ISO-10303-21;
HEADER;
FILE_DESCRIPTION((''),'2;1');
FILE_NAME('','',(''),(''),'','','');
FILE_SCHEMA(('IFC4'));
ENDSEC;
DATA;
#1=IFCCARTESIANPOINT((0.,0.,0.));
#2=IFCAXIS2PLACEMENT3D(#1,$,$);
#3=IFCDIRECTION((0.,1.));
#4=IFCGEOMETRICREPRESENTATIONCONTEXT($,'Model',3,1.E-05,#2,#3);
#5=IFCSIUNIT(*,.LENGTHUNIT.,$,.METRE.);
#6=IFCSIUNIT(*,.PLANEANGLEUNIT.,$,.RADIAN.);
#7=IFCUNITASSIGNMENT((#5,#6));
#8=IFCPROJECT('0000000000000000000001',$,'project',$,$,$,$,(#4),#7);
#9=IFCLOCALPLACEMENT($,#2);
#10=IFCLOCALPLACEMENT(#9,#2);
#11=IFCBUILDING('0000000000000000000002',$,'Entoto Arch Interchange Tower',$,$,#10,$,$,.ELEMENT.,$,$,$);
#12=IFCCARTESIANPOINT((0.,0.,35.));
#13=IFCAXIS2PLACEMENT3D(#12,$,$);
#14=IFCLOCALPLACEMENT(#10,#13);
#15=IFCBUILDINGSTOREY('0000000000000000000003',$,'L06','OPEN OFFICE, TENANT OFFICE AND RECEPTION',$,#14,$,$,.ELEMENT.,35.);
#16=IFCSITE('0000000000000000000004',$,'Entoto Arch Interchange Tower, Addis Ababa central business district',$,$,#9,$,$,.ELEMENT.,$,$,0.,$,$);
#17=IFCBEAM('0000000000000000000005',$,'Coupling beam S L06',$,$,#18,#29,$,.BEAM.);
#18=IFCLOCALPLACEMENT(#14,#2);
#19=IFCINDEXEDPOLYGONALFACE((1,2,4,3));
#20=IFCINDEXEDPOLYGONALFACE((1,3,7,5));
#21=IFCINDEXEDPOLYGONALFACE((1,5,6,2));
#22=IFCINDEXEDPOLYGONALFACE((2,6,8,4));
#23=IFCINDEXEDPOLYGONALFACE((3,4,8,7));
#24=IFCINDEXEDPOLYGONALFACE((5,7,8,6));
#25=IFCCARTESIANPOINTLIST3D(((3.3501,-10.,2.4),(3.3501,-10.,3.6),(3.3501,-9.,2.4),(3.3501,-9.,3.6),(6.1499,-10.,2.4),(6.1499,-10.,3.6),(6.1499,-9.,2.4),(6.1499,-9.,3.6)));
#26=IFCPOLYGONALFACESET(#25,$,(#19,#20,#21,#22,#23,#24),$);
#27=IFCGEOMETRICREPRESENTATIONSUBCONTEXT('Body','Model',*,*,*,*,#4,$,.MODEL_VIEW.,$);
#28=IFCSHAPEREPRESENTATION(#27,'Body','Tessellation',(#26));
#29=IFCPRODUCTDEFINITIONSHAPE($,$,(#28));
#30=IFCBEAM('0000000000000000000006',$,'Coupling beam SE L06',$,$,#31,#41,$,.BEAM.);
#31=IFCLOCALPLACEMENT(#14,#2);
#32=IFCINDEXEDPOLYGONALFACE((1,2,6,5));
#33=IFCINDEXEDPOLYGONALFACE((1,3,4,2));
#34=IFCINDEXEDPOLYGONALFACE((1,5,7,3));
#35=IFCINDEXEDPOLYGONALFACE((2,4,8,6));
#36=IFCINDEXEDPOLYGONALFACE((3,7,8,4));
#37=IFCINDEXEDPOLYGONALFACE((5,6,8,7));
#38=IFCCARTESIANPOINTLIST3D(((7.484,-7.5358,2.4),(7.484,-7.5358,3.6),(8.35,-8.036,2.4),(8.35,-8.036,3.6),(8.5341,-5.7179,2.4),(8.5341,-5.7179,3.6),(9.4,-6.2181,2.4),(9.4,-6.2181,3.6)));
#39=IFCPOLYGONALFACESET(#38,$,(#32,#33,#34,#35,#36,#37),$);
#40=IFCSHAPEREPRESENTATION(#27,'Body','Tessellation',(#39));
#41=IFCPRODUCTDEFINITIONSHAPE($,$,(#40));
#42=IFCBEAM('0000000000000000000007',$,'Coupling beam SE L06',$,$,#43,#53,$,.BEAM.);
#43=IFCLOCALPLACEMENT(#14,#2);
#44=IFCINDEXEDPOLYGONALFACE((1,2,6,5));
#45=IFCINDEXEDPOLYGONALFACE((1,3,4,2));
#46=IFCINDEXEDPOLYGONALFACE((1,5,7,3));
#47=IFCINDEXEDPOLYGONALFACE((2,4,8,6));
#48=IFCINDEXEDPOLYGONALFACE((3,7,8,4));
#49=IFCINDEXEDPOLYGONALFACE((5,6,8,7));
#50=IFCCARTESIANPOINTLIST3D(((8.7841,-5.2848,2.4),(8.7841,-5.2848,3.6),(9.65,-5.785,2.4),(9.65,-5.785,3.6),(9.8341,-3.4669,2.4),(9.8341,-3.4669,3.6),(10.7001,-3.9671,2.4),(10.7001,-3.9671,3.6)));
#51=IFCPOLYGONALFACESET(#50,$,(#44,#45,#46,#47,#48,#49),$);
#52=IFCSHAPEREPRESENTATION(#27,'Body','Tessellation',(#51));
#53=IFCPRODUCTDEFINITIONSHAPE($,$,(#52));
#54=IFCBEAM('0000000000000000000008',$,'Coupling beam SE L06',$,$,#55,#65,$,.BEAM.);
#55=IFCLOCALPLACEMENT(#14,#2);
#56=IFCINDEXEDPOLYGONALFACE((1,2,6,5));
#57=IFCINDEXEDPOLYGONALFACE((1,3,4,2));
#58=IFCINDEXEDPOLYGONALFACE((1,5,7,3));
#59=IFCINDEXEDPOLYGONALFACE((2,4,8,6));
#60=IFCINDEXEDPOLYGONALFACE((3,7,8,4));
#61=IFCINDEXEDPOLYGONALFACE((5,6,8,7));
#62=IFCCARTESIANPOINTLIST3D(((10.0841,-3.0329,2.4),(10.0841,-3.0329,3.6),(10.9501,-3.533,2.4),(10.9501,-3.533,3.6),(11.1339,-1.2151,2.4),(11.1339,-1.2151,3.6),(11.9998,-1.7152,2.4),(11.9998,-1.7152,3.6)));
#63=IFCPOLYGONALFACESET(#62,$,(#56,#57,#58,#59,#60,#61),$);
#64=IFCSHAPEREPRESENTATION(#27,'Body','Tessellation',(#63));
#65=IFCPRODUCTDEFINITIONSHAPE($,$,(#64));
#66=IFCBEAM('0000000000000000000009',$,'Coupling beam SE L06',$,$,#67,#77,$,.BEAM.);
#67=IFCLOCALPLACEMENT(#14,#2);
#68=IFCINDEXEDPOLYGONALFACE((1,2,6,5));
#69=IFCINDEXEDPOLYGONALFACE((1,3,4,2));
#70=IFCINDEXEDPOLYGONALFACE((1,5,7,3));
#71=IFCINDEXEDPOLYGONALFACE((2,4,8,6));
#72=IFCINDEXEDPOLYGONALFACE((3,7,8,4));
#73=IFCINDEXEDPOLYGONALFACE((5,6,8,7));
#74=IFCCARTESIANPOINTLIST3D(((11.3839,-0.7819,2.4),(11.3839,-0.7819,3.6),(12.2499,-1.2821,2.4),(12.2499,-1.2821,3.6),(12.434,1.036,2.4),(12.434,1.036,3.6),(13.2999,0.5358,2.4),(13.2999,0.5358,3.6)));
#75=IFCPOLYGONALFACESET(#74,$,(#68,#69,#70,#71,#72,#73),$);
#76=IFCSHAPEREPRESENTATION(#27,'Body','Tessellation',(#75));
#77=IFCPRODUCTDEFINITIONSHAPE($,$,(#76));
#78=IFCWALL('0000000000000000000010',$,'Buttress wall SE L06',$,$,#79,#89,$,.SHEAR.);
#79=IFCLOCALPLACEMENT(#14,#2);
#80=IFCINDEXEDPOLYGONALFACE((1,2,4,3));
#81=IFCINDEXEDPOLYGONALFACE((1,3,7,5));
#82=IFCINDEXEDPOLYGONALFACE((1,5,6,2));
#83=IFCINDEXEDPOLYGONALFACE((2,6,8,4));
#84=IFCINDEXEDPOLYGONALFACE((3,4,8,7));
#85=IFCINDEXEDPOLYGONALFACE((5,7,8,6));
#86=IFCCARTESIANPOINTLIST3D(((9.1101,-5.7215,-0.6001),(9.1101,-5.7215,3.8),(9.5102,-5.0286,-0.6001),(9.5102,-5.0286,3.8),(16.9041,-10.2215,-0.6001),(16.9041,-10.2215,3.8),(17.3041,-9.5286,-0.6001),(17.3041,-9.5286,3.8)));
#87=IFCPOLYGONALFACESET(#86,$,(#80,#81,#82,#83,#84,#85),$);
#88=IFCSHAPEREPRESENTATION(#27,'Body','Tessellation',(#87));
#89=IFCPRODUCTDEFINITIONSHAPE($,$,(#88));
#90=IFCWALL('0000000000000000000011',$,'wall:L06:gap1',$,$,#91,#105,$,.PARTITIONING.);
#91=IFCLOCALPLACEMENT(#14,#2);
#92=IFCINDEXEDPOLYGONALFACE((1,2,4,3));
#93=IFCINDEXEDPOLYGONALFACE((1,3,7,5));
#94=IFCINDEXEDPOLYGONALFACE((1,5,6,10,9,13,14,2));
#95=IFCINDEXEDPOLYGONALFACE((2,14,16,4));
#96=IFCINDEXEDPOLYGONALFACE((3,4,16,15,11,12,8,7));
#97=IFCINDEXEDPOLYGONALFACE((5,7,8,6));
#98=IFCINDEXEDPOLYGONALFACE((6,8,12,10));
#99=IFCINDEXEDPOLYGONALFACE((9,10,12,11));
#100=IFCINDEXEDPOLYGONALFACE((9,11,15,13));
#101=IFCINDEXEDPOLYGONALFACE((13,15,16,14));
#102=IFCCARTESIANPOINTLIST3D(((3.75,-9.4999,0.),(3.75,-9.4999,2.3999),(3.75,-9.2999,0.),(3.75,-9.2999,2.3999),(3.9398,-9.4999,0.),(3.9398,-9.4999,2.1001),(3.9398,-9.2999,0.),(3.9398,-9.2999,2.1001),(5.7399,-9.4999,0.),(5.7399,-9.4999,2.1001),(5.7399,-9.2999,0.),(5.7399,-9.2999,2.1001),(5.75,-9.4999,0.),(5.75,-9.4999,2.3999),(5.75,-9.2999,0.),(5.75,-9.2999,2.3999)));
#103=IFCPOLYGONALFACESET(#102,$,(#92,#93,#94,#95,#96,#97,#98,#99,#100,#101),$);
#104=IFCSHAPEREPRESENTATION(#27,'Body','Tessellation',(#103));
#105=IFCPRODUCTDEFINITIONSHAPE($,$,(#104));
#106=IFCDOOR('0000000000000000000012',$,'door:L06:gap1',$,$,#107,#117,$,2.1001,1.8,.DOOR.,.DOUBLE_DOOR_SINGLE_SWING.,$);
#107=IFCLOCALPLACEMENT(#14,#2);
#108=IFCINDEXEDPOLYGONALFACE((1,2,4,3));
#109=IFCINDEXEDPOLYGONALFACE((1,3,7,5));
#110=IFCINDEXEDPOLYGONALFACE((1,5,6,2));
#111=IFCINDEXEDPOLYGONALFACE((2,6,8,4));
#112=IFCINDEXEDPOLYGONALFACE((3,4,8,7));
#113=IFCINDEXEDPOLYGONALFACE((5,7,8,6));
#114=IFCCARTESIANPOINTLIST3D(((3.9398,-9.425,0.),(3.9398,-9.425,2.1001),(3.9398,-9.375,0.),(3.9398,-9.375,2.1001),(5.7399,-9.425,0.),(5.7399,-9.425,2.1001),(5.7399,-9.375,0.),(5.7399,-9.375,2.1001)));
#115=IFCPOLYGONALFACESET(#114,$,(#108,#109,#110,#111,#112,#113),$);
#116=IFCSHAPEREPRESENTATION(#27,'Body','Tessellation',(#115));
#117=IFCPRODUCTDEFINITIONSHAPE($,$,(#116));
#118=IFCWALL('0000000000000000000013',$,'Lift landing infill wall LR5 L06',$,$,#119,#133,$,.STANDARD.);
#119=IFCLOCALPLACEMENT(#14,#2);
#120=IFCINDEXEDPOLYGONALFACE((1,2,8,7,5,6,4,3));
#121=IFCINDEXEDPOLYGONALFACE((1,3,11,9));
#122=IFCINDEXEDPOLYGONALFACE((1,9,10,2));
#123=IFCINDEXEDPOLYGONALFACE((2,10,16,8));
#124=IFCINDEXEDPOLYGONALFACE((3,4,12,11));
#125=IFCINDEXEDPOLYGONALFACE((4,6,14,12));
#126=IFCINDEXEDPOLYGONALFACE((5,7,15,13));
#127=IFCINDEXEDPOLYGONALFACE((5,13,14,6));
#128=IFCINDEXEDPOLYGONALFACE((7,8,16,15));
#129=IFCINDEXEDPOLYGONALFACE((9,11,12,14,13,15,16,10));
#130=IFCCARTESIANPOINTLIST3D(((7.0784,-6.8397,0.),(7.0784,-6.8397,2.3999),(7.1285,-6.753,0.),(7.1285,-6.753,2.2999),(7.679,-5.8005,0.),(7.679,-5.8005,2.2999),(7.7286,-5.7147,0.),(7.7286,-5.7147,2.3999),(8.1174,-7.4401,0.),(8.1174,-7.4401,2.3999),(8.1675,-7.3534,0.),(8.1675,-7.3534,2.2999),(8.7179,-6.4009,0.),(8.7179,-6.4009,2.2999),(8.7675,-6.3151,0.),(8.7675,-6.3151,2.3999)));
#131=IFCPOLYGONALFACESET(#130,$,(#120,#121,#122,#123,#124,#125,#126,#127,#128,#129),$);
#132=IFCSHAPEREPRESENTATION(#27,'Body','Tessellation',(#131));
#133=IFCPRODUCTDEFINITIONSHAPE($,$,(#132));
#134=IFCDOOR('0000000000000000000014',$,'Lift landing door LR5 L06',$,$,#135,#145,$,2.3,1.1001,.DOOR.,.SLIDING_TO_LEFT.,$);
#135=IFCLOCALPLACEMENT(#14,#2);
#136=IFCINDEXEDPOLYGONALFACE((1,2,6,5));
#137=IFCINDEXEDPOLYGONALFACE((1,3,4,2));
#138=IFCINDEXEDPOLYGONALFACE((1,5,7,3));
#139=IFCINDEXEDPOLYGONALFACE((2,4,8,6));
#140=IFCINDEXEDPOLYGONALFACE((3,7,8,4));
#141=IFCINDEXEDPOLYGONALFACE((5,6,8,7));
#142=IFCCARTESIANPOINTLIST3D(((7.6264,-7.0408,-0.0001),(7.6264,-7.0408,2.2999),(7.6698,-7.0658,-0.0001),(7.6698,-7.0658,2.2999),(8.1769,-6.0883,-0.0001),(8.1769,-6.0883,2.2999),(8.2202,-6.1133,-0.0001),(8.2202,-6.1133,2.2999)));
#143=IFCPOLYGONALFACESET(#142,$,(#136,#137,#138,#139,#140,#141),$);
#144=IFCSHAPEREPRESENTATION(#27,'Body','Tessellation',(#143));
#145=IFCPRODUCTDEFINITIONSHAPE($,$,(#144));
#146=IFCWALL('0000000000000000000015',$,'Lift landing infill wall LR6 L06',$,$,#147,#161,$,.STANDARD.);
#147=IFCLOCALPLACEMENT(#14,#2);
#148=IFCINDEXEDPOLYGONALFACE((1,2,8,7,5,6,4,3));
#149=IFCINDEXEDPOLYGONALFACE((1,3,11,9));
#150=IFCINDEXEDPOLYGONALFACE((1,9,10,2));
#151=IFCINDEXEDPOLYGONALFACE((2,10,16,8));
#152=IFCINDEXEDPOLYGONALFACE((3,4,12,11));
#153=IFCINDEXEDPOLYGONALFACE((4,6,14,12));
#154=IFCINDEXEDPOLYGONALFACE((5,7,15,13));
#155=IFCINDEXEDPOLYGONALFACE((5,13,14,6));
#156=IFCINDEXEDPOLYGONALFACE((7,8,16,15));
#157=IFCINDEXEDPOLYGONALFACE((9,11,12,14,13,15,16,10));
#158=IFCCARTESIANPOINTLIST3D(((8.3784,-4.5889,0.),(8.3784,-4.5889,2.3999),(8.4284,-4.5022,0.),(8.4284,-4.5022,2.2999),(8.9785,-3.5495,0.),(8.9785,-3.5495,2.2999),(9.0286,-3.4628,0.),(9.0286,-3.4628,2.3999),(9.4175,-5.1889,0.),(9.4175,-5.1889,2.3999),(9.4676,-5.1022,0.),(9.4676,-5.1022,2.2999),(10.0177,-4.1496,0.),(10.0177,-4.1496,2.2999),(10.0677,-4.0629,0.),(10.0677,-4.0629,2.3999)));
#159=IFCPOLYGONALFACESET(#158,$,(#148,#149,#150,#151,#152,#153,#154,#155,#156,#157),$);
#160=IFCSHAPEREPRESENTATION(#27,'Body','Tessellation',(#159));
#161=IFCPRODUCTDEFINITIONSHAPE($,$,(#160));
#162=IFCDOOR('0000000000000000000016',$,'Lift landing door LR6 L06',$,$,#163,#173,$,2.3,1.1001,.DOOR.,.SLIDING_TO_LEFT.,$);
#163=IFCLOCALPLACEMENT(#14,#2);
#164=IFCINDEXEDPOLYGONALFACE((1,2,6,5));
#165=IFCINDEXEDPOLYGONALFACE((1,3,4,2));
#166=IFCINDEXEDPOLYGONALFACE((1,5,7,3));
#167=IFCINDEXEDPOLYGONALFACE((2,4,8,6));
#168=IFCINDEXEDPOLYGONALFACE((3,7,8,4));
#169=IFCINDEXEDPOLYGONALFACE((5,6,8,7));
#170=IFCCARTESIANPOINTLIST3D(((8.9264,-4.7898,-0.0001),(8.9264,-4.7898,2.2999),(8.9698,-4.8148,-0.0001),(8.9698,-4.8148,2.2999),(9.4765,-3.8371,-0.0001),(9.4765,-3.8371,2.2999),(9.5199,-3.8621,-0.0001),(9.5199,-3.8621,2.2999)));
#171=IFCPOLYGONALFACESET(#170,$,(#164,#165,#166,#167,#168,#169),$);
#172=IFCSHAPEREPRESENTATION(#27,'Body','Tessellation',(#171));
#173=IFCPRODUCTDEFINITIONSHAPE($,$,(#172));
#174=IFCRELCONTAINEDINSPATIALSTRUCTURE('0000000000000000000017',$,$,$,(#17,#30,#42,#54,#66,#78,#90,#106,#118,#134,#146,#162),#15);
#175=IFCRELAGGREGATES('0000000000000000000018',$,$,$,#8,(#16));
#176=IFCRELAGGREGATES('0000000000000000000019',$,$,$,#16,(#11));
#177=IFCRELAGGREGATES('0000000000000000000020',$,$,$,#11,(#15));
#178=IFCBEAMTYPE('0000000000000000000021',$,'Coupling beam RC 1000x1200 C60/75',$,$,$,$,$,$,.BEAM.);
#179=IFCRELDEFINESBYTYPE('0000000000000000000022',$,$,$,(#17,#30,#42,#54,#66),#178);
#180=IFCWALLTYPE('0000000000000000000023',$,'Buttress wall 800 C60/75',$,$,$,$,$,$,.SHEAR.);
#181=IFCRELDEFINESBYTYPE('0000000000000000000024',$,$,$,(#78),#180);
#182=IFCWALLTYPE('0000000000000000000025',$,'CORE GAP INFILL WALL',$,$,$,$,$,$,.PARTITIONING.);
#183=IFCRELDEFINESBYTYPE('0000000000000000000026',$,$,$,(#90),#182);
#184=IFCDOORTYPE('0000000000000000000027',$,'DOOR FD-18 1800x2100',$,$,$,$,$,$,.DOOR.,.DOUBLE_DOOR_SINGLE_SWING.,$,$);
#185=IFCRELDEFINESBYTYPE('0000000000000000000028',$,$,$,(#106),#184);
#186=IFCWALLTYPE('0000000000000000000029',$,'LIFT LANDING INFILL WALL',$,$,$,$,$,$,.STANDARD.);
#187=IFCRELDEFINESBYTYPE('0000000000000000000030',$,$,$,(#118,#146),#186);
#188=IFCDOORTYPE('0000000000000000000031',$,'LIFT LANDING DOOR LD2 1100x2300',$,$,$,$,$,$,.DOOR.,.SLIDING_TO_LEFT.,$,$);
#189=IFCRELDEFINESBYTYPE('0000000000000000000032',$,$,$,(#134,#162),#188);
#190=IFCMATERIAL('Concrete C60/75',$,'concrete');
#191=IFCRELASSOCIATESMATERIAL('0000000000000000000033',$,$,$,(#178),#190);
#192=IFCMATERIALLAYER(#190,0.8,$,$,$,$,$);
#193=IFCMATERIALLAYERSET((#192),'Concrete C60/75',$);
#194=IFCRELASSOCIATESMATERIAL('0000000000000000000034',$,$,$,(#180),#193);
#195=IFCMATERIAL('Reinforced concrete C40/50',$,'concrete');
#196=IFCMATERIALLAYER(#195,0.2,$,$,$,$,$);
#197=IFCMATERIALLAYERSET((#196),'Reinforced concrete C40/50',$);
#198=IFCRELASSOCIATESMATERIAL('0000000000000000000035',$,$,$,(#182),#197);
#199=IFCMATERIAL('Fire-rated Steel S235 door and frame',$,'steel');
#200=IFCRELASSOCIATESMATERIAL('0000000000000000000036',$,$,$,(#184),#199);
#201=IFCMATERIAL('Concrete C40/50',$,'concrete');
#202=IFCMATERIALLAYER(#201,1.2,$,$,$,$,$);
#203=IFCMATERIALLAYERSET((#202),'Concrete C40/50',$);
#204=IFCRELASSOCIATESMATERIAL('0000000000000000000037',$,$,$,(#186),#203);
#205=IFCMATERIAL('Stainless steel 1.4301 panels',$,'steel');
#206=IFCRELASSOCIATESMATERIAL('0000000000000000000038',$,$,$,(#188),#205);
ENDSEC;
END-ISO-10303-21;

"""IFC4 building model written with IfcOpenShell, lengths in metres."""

from ifc_helpers import new_model, si_unit, direction, frame, frame_2d, origin, origin_2d, place, context, subcontext, project, spatial, rectangle, extrude, material, layer, layer_set, material_profile, profile_set, type_object, element, fill, save


model = new_model("IFC4")

# Units and contexts
model_context = context("Model", 3, precision=1e-05, world=origin(), true_north=direction((0.0, 1.0)))
body_context = subcontext(model_context, "Body", "Model", "MODEL_VIEW")
ifc_project = project(units=[si_unit("LENGTHUNIT", "METRE"), si_unit("PLANEANGLEUNIT", "RADIAN")], contexts=[model_context])

# Site, building, storey
site_placement = place(None, origin())
site = spatial("IfcSite", under=ifc_project, at=site_placement, Name="Entoto Arch Interchange Tower, Addis Ababa central business district", CompositionType="ELEMENT", RefElevation=0.0)
building_placement = place(site_placement, origin())
building = spatial("IfcBuilding", under=site, at=building_placement, Name="Entoto Arch Interchange Tower", CompositionType="ELEMENT")
storey_placement = place(building_placement, frame((0.0, 0.0, 35.0)))
storey = spatial("IfcBuildingStorey", under=building, at=storey_placement, Name="L06", Description="OPEN OFFICE, TENANT OFFICE AND RECEPTION", CompositionType="ELEMENT", Elevation=35.0)

# Beams
ifc_material_1 = material(Name="Concrete C60/75", Category="concrete")
ifc_material_profile = material_profile(ifc_material_1, rectangle(XDim=1.0, YDim=1.2, at=origin_2d()))
ifc_profile_set = profile_set([ifc_material_profile], Name="Concrete C60/75")
beam_type = type_object("IfcBeamType", Name="Coupling beam RC 1000x1200 C60/75", PredefinedType="BEAM", material=ifc_profile_set)
beam_1_placement = place(storey_placement, frame((3.3501, -9.5, 3.0), z_axis=(1.0, 0.0, 0.0), x_axis=(0.0, 1.0, 0.0)))
element("IfcBeam", 1, at=beam_1_placement, inside=storey, type_object=beam_type, Name="Coupling beam S L06", PredefinedType="BEAM", context=body_context, shape_type="SweptSolid", body=[
    extrude(rectangle(XDim=1.0, YDim=1.2, at=origin_2d()), origin(), (0.0, 0.0, 1.0), 2.7998),
])
for number, where, z_axis, x_axis, name in (
    (2, (7.917, -7.7859, 3.0), (0.500179, 0.865922, 0.0), (-0.865922, 0.500179, 0.0), "Coupling beam SE L06"),
    (3, (9.217, -5.5349, 3.0), (0.500179, 0.865922, 0.0), (-0.865922, 0.500179, 0.0), "Coupling beam SE L06"),
):
    element("IfcBeam", number, at=place(storey_placement, frame(where, z_axis=z_axis, x_axis=x_axis)), inside=storey, type_object=beam_type, Name=name, PredefinedType="BEAM", context=body_context, shape_type="SweptSolid", body=[
        extrude(rectangle(XDim=1.0, YDim=1.2, at=origin_2d()), origin(), (0.0, 0.0, 1.0), 2.0994),
    ])
beam_2_placement = place(storey_placement, frame((10.5171, -3.283, 3.0), z_axis=(0.500092, 0.865973, 0.0), x_axis=(-0.865973, 0.500092, 0.0)))
element("IfcBeam", 4, at=beam_2_placement, inside=storey, type_object=beam_type, Name="Coupling beam SE L06", PredefinedType="BEAM", context=body_context, shape_type="SweptSolid", body=[
    extrude(rectangle(XDim=1.0, YDim=1.2, at=origin_2d()), origin(), (0.0, 0.0, 1.0), 2.0991),
])
beam_3_placement = place(storey_placement, frame((11.8169, -1.032, 3.0), z_axis=(0.500179, 0.865922, 0.0), x_axis=(-0.865922, 0.500179, 0.0)))
element("IfcBeam", 5, at=beam_3_placement, inside=storey, type_object=beam_type, Name="Coupling beam SE L06", PredefinedType="BEAM", context=body_context, shape_type="SweptSolid", body=[
    extrude(rectangle(XDim=1.0, YDim=1.2, at=origin_2d()), origin(), (0.0, 0.0, 1.0), 2.0994),
])

# Wall
ifc_layer_1 = layer(ifc_material_1, 0.8)
ifc_layer_set_1 = layer_set([ifc_layer_1], Name="Concrete C60/75")
wall_type_1 = type_object("IfcWallType", Name="Buttress wall 800 C60/75", PredefinedType="SHEAR", material=ifc_layer_set_1)
wall_1_placement = place(storey_placement, frame((9.3101, -5.375, -0.6001), z_axis=(0.0, 0.0, 1.0), x_axis=(0.866018, -0.500014, 0.0)))
element("IfcWall", 6, at=wall_1_placement, inside=storey, type_object=wall_type_1, Name="Buttress wall SE L06", PredefinedType="SHEAR", context=body_context, shape_type="SweptSolid", body=[
    extrude(rectangle(XDim=8.9998, YDim=0.8, at=frame_2d((4.5, 0.0))), origin(), (0.0, 0.0, 1.0), 4.4001),
])

# Walls, openings, doors
ifc_material_2 = material(Name="Reinforced concrete C40/50", Category="concrete")
ifc_layer_2 = layer(ifc_material_2, 0.2)
ifc_layer_set_2 = layer_set([ifc_layer_2], Name="Reinforced concrete C40/50")
wall_type_2 = type_object("IfcWallType", Name="CORE GAP INFILL WALL", PredefinedType="PARTITIONING", material=ifc_layer_set_2)
wall_2_placement = place(storey_placement, frame((3.75, -9.3999, 0.0), z_axis=(0.0, 0.0, 1.0), x_axis=(1.0, 0.0, 0.0)))
wall_2 = element("IfcWall", 7, at=wall_2_placement, inside=storey, type_object=wall_type_2, Name="wall:L06:gap1", PredefinedType="PARTITIONING", context=body_context, shape_type="SweptSolid", body=[
    extrude(rectangle(XDim=2.0, YDim=0.2, at=frame_2d((1.0, 0.0))), origin(), (0.0, 0.0, 1.0), 2.3999),
])
opening_1_placement = place(wall_2_placement, frame((0.1899, 0.0, 0.0)))
opening_1 = element("IfcOpeningElement", 8, at=opening_1_placement, cuts=wall_2, PredefinedType="OPENING", context=body_context, shape_type="SweptSolid", body=[
    extrude(rectangle(XDim=1.8, YDim=2.1001, at=frame_2d((0.8999, 1.05))), frame((0.0, 0.1099, 0.0), z_axis=(0.0, -1.0, 0.0), x_axis=(1.0, 0.0, 0.0)), (0.0, 0.0, 1.0), 0.22),
])
ifc_material_3 = material(Name="Fire-rated Steel S235 door and frame", Category="steel")
door_type_1 = type_object("IfcDoorType", Name="DOOR FD-18 1800x2100", OperationType="DOUBLE_DOOR_SINGLE_SWING", PredefinedType="DOOR", material=ifc_material_3)
door_1_placement = place(opening_1_placement, origin())
door_1 = element("IfcDoor", 9, at=door_1_placement, inside=storey, type_object=door_type_1, Name="door:L06:gap1", OperationType="DOUBLE_DOOR_SINGLE_SWING", OverallHeight=2.1001, OverallWidth=1.8, PredefinedType="DOOR", context=body_context, shape_type="SweptSolid", body=[
    extrude(rectangle(XDim=1.8, YDim=2.1001, at=frame_2d((0.8999, 1.05))), frame((0.0, 0.0249, 0.0), z_axis=(0.0, -1.0, 0.0), x_axis=(1.0, 0.0, 0.0)), (0.0, 0.0, 1.0), 0.05),
])
fill(opening_1, door_1)
ifc_material_4 = material(Name="Concrete C40/50", Category="concrete")
ifc_layer_3 = layer(ifc_material_4, 1.2)
ifc_layer_set_3 = layer_set([ifc_layer_3], Name="Concrete C40/50")
wall_type_3 = type_object("IfcWallType", Name="LIFT LANDING INFILL WALL", PredefinedType="STANDARD", material=ifc_layer_set_3)
wall_3_placement = place(storey_placement, frame((7.5979, -7.1399, 0.0), z_axis=(0.0, 0.0, 1.0), x_axis=(0.500362, 0.865816, 0.0)))
wall_3 = element("IfcWall", 10, at=wall_3_placement, inside=storey, type_object=wall_type_3, Name="Lift landing infill wall LR5 L06", PredefinedType="STANDARD", context=body_context, shape_type="SweptSolid", body=[
    extrude(rectangle(XDim=1.2993, YDim=1.2, at=frame_2d((0.6497, 0.0))), origin(), (0.0, 0.0, 1.0), 2.3999),
])
opening_2_placement = place(wall_3_placement, frame((0.1001, 0.0, 0.0)))
opening_2 = element("IfcOpeningElement", 11, at=opening_2_placement, cuts=wall_3, PredefinedType="OPENING", context=body_context, shape_type="SweptSolid", body=[
    extrude(rectangle(XDim=1.1001, YDim=2.3, at=frame_2d((0.55, 1.1499))), frame((0.0, 0.6099, 0.0), z_axis=(0.0, -1.0, 0.0), x_axis=(1.0, 0.0, 0.0)), (0.0, 0.0, 1.0), 1.22),
])
ifc_material_5 = material(Name="Stainless steel 1.4301 panels", Category="steel")
door_type_2 = type_object("IfcDoorType", Name="LIFT LANDING DOOR LD2 1100x2300", OperationType="SLIDING_TO_LEFT", PredefinedType="DOOR", material=ifc_material_5)
door_2_placement = place(opening_2_placement, origin())
door_2 = element("IfcDoor", 12, at=door_2_placement, inside=storey, type_object=door_type_2, Name="Lift landing door LR5 L06", OperationType="SLIDING_TO_LEFT", OverallHeight=2.3, OverallWidth=1.1001, PredefinedType="DOOR", context=body_context, shape_type="SweptSolid", body=[
    extrude(rectangle(XDim=1.1001, YDim=2.3, at=frame_2d((0.55, 1.1499))), frame((0.0, 0.0249, 0.0), z_axis=(0.0, -1.0, 0.0), x_axis=(1.0, 0.0, 0.0)), (0.0, 0.0, 1.0), 0.05),
])
fill(opening_2, door_2)
wall_4_placement = place(storey_placement, frame((8.8979, -4.8889, 0.0), z_axis=(0.0, 0.0, 1.0), x_axis=(0.500037, 0.866004, 0.0)))
wall_4 = element("IfcWall", 13, at=wall_4_placement, inside=storey, type_object=wall_type_3, Name="Lift landing infill wall LR6 L06", PredefinedType="STANDARD", context=body_context, shape_type="SweptSolid", body=[
    extrude(rectangle(XDim=1.3003, YDim=1.2, at=frame_2d((0.6501, 0.0))), origin(), (0.0, 0.0, 1.0), 2.3999),
])
opening_3_placement = place(wall_4_placement, frame((0.1001, 0.0, 0.0)))
opening_3 = element("IfcOpeningElement", 14, at=opening_3_placement, cuts=wall_4, PredefinedType="OPENING", context=body_context, shape_type="SweptSolid", body=[
    extrude(rectangle(XDim=1.1001, YDim=2.3, at=frame_2d((0.55, 1.1499))), frame((0.0, 0.6099, 0.0), z_axis=(0.0, -1.0, 0.0), x_axis=(1.0, 0.0, 0.0)), (0.0, 0.0, 1.0), 1.22),
])
door_3_placement = place(opening_3_placement, origin())
door_3 = element("IfcDoor", 15, at=door_3_placement, inside=storey, type_object=door_type_2, Name="Lift landing door LR6 L06", OperationType="SLIDING_TO_LEFT", OverallHeight=2.3, OverallWidth=1.1001, PredefinedType="DOOR", context=body_context, shape_type="SweptSolid", body=[
    extrude(rectangle(XDim=1.1001, YDim=2.3, at=frame_2d((0.55, 1.1499))), frame((0.0, 0.0249, 0.0), z_axis=(0.0, -1.0, 0.0), x_axis=(1.0, 0.0, 0.0)), (0.0, 0.0, 1.0), 0.05),
])
fill(opening_3, door_3)

save(model, "model.ifc")
